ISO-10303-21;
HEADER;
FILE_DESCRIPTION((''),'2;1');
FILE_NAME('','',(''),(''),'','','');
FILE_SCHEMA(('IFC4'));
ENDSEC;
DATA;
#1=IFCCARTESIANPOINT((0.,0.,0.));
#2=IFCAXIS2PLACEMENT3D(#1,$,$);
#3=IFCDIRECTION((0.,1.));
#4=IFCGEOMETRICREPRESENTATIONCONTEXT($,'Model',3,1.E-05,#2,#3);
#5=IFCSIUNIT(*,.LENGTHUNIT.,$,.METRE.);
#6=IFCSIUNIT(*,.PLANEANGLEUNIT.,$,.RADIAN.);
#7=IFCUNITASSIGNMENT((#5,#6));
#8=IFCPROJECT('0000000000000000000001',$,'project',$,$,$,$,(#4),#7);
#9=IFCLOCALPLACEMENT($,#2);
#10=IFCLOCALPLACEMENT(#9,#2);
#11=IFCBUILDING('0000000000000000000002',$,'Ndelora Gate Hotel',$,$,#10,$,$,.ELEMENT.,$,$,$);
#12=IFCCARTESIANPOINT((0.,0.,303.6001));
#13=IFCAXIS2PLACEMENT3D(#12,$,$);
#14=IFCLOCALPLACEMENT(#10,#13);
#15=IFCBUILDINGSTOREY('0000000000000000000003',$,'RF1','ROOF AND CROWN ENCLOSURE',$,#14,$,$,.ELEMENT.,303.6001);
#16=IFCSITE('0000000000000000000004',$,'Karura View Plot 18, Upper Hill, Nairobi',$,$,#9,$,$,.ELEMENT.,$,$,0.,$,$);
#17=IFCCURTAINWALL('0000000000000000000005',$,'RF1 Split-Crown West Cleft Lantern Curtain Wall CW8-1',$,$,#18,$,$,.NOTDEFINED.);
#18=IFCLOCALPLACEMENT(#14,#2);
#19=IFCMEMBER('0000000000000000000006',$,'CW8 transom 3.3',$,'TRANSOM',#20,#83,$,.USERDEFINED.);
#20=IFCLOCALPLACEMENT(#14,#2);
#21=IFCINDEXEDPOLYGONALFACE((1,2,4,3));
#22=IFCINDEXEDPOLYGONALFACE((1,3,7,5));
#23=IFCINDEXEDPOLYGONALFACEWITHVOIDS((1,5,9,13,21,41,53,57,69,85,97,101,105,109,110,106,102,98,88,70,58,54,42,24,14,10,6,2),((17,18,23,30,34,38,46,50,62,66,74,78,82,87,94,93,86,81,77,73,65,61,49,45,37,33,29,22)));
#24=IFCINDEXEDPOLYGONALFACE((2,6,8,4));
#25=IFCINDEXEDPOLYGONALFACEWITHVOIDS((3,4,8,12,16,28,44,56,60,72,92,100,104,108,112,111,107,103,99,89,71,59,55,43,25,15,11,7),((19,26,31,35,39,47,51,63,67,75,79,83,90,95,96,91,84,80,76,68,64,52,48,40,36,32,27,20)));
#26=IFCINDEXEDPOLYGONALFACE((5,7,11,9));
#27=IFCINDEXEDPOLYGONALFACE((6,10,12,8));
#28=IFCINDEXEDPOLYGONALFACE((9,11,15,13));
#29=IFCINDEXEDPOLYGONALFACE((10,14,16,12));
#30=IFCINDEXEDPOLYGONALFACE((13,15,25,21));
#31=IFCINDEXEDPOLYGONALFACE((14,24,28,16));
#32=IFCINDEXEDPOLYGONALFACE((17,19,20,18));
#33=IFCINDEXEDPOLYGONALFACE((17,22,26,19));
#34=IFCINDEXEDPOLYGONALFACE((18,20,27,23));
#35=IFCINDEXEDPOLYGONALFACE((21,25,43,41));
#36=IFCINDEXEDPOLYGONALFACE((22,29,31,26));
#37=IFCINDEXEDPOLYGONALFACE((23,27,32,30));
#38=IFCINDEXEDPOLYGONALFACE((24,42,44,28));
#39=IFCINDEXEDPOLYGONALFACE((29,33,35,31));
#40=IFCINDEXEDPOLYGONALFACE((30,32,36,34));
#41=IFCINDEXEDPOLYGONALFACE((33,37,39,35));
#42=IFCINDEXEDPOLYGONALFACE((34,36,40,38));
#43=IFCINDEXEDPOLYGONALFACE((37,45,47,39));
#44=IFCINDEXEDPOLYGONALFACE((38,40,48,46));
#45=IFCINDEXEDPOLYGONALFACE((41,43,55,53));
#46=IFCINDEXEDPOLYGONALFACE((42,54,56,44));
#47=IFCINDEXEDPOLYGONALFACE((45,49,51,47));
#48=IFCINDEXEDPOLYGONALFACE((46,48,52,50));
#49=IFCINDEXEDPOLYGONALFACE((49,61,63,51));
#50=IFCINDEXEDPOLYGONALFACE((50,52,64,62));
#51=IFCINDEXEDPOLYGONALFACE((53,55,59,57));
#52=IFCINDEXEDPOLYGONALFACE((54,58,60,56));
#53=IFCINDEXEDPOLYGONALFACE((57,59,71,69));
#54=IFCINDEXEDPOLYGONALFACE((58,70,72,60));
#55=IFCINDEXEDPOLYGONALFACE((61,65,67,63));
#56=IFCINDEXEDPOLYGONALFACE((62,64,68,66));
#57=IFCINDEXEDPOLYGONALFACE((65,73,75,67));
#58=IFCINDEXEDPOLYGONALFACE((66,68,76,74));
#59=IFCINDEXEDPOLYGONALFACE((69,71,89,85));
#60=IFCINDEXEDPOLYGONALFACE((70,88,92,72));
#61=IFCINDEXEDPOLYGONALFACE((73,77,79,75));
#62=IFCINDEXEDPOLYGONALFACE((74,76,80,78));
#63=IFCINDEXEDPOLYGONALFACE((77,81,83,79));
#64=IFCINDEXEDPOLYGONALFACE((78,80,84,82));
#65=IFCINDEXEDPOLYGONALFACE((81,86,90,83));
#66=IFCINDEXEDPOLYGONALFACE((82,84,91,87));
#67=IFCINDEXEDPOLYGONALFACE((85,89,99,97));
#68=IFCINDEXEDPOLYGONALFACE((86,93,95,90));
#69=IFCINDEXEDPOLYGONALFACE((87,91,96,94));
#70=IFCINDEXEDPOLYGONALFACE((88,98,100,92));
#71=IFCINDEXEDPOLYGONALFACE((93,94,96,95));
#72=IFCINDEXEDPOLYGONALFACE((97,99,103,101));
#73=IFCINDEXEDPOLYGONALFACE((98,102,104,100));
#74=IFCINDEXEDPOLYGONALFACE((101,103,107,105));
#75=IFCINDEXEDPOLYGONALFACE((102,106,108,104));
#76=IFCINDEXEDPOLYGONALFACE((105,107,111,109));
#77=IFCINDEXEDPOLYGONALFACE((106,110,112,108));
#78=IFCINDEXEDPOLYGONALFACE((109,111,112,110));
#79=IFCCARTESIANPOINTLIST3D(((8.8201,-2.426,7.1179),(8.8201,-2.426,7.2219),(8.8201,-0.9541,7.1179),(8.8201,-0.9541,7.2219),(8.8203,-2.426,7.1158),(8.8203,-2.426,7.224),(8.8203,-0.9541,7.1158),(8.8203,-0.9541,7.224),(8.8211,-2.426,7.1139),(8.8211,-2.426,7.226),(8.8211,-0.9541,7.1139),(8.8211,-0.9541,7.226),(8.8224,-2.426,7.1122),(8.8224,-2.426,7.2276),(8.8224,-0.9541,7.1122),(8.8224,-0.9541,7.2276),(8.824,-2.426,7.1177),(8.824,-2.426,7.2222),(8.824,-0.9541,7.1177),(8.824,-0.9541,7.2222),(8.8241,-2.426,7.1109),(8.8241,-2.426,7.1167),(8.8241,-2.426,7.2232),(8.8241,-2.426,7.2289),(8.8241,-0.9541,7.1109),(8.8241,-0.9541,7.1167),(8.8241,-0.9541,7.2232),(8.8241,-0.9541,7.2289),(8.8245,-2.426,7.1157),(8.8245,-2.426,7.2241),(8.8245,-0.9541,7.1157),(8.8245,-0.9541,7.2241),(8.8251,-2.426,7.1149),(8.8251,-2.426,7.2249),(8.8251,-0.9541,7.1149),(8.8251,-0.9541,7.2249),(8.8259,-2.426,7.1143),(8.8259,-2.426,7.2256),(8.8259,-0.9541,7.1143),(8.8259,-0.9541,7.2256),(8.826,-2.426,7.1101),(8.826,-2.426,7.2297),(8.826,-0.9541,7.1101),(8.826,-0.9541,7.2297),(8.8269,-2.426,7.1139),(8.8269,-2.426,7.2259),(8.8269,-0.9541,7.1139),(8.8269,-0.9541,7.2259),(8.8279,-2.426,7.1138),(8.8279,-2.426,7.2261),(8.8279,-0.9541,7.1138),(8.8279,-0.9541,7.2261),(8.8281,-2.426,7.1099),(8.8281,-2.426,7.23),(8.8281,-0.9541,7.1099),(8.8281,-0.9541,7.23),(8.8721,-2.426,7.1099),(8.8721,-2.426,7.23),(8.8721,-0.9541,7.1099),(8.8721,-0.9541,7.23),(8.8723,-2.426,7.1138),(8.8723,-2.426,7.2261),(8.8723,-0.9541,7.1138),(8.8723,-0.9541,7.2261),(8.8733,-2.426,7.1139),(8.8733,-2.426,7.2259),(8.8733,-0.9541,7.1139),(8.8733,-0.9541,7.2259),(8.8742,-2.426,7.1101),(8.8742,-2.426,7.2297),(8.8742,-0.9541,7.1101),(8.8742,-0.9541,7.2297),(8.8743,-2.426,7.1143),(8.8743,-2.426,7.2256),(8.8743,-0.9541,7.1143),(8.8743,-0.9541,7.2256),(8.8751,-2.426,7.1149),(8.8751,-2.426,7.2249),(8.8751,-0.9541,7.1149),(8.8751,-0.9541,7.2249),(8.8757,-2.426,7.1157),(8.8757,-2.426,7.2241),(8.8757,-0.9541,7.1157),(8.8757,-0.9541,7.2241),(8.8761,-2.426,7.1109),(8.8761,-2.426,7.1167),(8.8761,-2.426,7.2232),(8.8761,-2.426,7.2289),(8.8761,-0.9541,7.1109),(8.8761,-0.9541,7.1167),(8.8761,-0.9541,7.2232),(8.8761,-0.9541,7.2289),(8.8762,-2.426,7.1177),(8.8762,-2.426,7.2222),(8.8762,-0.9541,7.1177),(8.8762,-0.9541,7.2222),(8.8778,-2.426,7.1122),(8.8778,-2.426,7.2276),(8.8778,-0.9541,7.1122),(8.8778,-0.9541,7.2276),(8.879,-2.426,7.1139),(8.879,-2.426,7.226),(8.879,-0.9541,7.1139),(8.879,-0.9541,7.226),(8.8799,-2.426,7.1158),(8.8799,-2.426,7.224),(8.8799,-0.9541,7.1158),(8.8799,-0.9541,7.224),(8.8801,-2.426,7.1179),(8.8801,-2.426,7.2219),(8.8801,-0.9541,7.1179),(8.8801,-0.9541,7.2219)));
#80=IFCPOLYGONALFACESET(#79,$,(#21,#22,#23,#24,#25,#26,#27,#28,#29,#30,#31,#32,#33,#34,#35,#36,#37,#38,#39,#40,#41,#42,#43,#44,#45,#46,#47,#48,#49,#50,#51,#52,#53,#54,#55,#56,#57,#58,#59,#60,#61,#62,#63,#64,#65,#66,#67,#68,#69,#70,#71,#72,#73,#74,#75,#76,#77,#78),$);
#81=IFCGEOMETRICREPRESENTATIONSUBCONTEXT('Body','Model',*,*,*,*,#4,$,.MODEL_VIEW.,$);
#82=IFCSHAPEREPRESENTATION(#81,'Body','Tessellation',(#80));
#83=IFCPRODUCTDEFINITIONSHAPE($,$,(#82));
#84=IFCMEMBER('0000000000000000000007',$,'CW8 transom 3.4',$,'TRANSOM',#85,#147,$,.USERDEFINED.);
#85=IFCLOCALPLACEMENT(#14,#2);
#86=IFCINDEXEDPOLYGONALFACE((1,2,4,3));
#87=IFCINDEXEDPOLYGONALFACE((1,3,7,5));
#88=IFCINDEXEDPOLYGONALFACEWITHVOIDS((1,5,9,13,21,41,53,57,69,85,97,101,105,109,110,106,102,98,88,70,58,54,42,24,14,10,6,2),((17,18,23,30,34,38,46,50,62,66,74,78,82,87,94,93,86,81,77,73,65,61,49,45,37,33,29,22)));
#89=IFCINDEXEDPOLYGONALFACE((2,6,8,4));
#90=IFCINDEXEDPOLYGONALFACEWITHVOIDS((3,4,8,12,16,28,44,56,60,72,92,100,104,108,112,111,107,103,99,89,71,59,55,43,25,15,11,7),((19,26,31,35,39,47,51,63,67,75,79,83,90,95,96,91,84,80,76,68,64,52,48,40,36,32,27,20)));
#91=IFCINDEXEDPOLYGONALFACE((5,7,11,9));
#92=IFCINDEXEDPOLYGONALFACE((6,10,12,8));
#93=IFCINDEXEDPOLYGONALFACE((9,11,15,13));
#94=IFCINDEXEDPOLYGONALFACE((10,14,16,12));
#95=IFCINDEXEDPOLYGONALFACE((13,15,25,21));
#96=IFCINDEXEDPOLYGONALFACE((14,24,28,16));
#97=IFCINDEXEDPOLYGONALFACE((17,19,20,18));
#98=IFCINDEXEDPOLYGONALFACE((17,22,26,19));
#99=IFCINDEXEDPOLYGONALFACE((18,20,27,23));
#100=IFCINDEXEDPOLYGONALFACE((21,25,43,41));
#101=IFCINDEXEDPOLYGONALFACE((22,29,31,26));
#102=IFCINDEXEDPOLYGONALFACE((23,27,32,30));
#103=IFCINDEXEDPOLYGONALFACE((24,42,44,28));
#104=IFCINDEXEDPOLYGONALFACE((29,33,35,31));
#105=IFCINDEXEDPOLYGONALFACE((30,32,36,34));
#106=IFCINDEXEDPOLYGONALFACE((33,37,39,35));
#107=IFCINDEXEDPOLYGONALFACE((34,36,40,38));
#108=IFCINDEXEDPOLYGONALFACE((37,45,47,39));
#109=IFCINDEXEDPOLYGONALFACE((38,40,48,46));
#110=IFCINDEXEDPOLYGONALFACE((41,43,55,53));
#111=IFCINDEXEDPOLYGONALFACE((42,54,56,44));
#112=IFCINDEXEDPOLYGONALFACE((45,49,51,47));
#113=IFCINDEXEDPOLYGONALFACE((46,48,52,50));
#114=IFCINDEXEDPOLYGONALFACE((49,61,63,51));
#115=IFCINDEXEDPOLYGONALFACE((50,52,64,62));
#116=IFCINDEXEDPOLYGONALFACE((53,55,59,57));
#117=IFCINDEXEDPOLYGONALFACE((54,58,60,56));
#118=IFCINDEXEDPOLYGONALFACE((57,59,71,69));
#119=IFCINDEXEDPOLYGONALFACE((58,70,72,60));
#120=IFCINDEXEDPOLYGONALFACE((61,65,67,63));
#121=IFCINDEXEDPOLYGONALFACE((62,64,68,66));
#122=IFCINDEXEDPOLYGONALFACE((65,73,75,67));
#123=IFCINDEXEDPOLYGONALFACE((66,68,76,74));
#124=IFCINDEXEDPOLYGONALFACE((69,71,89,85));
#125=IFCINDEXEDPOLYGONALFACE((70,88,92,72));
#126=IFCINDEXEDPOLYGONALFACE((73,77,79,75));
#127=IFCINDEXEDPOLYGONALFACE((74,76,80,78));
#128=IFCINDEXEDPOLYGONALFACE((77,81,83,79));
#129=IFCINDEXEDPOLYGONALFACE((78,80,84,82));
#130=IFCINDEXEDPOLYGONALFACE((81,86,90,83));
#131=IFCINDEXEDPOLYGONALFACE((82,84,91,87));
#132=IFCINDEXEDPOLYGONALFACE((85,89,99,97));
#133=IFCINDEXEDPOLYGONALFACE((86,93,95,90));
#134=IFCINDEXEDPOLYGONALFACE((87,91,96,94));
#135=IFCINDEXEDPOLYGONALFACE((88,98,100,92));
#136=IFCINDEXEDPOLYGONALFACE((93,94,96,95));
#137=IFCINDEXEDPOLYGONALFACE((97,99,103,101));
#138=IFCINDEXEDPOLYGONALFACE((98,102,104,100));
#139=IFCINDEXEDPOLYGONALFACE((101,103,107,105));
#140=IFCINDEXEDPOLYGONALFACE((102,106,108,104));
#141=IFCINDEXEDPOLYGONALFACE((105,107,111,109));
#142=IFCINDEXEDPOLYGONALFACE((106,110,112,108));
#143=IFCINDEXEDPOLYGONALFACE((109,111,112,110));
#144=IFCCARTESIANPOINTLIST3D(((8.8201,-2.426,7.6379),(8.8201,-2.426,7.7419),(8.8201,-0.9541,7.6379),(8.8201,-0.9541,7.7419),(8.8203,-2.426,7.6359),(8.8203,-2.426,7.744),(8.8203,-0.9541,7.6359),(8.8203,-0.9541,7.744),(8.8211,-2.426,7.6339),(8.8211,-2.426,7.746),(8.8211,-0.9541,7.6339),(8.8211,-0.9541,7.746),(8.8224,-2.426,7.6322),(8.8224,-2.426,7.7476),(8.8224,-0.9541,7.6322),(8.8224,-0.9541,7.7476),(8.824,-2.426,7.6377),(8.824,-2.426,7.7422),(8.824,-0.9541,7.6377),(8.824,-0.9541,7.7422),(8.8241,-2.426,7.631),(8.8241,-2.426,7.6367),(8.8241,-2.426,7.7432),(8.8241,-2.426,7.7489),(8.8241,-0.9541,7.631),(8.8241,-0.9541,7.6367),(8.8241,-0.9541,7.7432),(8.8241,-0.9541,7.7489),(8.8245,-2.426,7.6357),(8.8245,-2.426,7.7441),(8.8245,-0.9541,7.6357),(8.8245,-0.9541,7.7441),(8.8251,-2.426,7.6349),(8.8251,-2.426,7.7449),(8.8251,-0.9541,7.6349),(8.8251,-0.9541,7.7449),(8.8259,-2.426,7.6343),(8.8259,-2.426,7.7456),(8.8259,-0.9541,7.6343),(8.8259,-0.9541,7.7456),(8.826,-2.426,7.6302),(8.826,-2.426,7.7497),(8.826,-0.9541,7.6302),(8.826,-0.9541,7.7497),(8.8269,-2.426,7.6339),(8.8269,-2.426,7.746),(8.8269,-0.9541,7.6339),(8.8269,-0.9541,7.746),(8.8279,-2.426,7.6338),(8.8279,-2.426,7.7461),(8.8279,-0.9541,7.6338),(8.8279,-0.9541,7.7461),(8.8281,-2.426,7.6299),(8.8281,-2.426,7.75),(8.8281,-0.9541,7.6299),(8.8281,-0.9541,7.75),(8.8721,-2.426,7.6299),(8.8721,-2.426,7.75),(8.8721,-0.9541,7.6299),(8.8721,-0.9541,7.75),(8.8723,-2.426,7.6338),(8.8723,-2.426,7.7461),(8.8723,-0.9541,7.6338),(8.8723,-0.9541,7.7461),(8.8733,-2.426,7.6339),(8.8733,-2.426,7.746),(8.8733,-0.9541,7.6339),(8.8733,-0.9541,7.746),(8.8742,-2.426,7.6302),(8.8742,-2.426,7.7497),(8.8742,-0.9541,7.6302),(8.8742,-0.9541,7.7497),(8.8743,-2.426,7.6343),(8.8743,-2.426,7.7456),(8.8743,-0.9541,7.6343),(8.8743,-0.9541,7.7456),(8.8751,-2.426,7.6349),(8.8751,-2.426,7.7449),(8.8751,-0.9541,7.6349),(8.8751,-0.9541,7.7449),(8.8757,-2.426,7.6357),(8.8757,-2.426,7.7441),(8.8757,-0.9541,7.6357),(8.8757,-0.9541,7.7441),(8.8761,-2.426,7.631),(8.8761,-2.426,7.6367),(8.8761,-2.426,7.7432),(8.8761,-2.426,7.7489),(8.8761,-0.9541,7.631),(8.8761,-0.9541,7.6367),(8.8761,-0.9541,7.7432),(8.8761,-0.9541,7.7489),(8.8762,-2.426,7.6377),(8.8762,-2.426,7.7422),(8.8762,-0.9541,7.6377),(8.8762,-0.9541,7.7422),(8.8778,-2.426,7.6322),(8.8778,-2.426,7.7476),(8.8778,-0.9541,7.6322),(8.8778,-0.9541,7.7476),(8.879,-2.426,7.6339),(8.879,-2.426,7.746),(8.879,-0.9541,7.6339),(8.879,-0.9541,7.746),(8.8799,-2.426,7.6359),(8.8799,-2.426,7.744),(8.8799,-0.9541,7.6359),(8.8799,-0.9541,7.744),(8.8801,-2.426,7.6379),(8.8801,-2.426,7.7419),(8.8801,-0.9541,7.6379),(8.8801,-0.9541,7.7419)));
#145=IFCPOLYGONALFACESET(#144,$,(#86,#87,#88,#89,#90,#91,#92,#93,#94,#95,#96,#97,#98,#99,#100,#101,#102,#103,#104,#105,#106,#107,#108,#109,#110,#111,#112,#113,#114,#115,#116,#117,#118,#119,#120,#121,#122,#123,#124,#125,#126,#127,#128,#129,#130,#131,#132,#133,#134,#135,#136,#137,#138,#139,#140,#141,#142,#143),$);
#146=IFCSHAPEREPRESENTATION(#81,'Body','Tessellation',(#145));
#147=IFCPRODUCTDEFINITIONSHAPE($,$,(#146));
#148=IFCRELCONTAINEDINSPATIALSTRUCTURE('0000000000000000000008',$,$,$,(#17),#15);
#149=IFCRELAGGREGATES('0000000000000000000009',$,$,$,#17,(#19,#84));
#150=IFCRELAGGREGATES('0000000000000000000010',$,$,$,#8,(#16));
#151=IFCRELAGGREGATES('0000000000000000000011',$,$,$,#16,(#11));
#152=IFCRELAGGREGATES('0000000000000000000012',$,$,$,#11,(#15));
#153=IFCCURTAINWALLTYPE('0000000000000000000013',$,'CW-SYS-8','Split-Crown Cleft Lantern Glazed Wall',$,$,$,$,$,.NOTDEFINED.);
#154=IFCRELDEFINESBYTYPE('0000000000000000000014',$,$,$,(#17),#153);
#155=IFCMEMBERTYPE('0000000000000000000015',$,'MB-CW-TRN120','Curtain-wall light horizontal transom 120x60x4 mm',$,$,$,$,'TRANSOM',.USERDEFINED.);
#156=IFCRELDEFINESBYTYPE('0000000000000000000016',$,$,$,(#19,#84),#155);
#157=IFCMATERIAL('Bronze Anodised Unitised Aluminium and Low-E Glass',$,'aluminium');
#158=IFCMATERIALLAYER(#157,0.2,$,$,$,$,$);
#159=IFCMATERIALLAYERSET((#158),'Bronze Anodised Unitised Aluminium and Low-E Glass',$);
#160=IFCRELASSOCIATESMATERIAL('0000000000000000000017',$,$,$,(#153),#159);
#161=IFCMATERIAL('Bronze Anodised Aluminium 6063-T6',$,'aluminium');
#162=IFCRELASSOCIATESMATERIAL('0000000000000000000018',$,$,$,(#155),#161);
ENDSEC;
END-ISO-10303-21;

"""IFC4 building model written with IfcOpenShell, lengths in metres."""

from ifc_helpers import new_model, si_unit, direction, frame, origin, origin_2d, place, context, subcontext, project, spatial, hollow_rectangle, extrude, material, layer, layer_set, material_profile, profile_set, type_object, element, aggregate, save


model = new_model("IFC4")

# Units and contexts
model_context = context("Model", 3, precision=1e-05, world=origin(), true_north=direction((0.0, 1.0)))
body_context = subcontext(model_context, "Body", "Model", "MODEL_VIEW")
ifc_project = project(units=[si_unit("LENGTHUNIT", "METRE"), si_unit("PLANEANGLEUNIT", "RADIAN")], contexts=[model_context])

# Site, building, storey
site_placement = place(None, origin())
site = spatial("IfcSite", under=ifc_project, at=site_placement, Name="Karura View Plot 18, Upper Hill, Nairobi", CompositionType="ELEMENT", RefElevation=0.0)
building_placement = place(site_placement, origin())
building = spatial("IfcBuilding", under=site, at=building_placement, Name="Ndelora Gate Hotel", CompositionType="ELEMENT")
storey_placement = place(building_placement, frame((0.0, 0.0, 303.6001)))
storey = spatial("IfcBuildingStorey", under=building, at=storey_placement, Name="RF1", Description="ROOF AND CROWN ENCLOSURE", CompositionType="ELEMENT", Elevation=303.6001)

# Curtain wall
ifc_material_1 = material(Name="Bronze Anodised Unitised Aluminium and Low-E Glass", Category="aluminium")
ifc_layer_1 = layer(ifc_material_1, 0.2)
ifc_layer_set_1 = layer_set([ifc_layer_1], Name="Bronze Anodised Unitised Aluminium and Low-E Glass")
curtain_wall_type = type_object("IfcCurtainWallType", Name="CW-SYS-8", Description="Split-Crown Cleft Lantern Glazed Wall", PredefinedType="NOTDEFINED", material=ifc_layer_set_1)
curtain_wall_1_placement = place(storey_placement, origin())
curtain_wall_1 = element("IfcCurtainWall", 1, at=curtain_wall_1_placement, inside=storey, type_object=curtain_wall_type, Name="RF1 Split-Crown West Cleft Lantern Curtain Wall CW8-1", PredefinedType="NOTDEFINED")
ifc_material_2 = material(Name="Bronze Anodised Aluminium 6063-T6", Category="aluminium")

# Members
ifc_material_profile_1 = material_profile(ifc_material_2, hollow_rectangle(XDim=0.0601, YDim=0.1201, WallThickness=0.0039, InnerFilletRadius=0.0039, OuterFilletRadius=0.0081, at=origin_2d()), Name="ALU 120x60x4")
ifc_profile_set_1 = profile_set([ifc_material_profile_1], Name="Bronze Anodised Aluminium 6063-T6")
member_type_1 = type_object("IfcMemberType", Name="MB-CW-TRN120", Description="Curtain-wall light horizontal transom 120x60x4 mm", ElementType="TRANSOM", PredefinedType="USERDEFINED", material=ifc_profile_set_1)
member_1_placement = place(storey_placement, frame((8.8501, -2.426, 7.1699), z_axis=(0.0, 1.0, 0.0), x_axis=(-1.0, 0.0, 0.0)))
member_1 = element("IfcMember", 2, at=member_1_placement, type_object=member_type_1, Name="CW8 transom 3.3", ObjectType="TRANSOM", PredefinedType="USERDEFINED", context=body_context, shape_type="SweptSolid", body=[
    extrude(hollow_rectangle(XDim=0.0601, YDim=0.1201, WallThickness=0.0039, InnerFilletRadius=0.0039, OuterFilletRadius=0.0081, at=origin_2d()), origin(), (0.0, 0.0, 1.0), 1.4719),
])
member_2_placement = place(storey_placement, frame((8.8501, -2.426, 7.6899), z_axis=(0.0, 1.0, 0.0), x_axis=(-1.0, 0.0, 0.0)))
member_2 = element("IfcMember", 3, at=member_2_placement, type_object=member_type_1, Name="CW8 transom 3.4", ObjectType="TRANSOM", PredefinedType="USERDEFINED", context=body_context, shape_type="SweptSolid", body=[
    extrude(hollow_rectangle(XDim=0.0601, YDim=0.1201, WallThickness=0.0039, InnerFilletRadius=0.0039, OuterFilletRadius=0.0081, at=origin_2d()), origin(), (0.0, 0.0, 1.0), 1.4719),
])

aggregate(curtain_wall_1, [member_1, member_2])

save(model, "model.ifc")
